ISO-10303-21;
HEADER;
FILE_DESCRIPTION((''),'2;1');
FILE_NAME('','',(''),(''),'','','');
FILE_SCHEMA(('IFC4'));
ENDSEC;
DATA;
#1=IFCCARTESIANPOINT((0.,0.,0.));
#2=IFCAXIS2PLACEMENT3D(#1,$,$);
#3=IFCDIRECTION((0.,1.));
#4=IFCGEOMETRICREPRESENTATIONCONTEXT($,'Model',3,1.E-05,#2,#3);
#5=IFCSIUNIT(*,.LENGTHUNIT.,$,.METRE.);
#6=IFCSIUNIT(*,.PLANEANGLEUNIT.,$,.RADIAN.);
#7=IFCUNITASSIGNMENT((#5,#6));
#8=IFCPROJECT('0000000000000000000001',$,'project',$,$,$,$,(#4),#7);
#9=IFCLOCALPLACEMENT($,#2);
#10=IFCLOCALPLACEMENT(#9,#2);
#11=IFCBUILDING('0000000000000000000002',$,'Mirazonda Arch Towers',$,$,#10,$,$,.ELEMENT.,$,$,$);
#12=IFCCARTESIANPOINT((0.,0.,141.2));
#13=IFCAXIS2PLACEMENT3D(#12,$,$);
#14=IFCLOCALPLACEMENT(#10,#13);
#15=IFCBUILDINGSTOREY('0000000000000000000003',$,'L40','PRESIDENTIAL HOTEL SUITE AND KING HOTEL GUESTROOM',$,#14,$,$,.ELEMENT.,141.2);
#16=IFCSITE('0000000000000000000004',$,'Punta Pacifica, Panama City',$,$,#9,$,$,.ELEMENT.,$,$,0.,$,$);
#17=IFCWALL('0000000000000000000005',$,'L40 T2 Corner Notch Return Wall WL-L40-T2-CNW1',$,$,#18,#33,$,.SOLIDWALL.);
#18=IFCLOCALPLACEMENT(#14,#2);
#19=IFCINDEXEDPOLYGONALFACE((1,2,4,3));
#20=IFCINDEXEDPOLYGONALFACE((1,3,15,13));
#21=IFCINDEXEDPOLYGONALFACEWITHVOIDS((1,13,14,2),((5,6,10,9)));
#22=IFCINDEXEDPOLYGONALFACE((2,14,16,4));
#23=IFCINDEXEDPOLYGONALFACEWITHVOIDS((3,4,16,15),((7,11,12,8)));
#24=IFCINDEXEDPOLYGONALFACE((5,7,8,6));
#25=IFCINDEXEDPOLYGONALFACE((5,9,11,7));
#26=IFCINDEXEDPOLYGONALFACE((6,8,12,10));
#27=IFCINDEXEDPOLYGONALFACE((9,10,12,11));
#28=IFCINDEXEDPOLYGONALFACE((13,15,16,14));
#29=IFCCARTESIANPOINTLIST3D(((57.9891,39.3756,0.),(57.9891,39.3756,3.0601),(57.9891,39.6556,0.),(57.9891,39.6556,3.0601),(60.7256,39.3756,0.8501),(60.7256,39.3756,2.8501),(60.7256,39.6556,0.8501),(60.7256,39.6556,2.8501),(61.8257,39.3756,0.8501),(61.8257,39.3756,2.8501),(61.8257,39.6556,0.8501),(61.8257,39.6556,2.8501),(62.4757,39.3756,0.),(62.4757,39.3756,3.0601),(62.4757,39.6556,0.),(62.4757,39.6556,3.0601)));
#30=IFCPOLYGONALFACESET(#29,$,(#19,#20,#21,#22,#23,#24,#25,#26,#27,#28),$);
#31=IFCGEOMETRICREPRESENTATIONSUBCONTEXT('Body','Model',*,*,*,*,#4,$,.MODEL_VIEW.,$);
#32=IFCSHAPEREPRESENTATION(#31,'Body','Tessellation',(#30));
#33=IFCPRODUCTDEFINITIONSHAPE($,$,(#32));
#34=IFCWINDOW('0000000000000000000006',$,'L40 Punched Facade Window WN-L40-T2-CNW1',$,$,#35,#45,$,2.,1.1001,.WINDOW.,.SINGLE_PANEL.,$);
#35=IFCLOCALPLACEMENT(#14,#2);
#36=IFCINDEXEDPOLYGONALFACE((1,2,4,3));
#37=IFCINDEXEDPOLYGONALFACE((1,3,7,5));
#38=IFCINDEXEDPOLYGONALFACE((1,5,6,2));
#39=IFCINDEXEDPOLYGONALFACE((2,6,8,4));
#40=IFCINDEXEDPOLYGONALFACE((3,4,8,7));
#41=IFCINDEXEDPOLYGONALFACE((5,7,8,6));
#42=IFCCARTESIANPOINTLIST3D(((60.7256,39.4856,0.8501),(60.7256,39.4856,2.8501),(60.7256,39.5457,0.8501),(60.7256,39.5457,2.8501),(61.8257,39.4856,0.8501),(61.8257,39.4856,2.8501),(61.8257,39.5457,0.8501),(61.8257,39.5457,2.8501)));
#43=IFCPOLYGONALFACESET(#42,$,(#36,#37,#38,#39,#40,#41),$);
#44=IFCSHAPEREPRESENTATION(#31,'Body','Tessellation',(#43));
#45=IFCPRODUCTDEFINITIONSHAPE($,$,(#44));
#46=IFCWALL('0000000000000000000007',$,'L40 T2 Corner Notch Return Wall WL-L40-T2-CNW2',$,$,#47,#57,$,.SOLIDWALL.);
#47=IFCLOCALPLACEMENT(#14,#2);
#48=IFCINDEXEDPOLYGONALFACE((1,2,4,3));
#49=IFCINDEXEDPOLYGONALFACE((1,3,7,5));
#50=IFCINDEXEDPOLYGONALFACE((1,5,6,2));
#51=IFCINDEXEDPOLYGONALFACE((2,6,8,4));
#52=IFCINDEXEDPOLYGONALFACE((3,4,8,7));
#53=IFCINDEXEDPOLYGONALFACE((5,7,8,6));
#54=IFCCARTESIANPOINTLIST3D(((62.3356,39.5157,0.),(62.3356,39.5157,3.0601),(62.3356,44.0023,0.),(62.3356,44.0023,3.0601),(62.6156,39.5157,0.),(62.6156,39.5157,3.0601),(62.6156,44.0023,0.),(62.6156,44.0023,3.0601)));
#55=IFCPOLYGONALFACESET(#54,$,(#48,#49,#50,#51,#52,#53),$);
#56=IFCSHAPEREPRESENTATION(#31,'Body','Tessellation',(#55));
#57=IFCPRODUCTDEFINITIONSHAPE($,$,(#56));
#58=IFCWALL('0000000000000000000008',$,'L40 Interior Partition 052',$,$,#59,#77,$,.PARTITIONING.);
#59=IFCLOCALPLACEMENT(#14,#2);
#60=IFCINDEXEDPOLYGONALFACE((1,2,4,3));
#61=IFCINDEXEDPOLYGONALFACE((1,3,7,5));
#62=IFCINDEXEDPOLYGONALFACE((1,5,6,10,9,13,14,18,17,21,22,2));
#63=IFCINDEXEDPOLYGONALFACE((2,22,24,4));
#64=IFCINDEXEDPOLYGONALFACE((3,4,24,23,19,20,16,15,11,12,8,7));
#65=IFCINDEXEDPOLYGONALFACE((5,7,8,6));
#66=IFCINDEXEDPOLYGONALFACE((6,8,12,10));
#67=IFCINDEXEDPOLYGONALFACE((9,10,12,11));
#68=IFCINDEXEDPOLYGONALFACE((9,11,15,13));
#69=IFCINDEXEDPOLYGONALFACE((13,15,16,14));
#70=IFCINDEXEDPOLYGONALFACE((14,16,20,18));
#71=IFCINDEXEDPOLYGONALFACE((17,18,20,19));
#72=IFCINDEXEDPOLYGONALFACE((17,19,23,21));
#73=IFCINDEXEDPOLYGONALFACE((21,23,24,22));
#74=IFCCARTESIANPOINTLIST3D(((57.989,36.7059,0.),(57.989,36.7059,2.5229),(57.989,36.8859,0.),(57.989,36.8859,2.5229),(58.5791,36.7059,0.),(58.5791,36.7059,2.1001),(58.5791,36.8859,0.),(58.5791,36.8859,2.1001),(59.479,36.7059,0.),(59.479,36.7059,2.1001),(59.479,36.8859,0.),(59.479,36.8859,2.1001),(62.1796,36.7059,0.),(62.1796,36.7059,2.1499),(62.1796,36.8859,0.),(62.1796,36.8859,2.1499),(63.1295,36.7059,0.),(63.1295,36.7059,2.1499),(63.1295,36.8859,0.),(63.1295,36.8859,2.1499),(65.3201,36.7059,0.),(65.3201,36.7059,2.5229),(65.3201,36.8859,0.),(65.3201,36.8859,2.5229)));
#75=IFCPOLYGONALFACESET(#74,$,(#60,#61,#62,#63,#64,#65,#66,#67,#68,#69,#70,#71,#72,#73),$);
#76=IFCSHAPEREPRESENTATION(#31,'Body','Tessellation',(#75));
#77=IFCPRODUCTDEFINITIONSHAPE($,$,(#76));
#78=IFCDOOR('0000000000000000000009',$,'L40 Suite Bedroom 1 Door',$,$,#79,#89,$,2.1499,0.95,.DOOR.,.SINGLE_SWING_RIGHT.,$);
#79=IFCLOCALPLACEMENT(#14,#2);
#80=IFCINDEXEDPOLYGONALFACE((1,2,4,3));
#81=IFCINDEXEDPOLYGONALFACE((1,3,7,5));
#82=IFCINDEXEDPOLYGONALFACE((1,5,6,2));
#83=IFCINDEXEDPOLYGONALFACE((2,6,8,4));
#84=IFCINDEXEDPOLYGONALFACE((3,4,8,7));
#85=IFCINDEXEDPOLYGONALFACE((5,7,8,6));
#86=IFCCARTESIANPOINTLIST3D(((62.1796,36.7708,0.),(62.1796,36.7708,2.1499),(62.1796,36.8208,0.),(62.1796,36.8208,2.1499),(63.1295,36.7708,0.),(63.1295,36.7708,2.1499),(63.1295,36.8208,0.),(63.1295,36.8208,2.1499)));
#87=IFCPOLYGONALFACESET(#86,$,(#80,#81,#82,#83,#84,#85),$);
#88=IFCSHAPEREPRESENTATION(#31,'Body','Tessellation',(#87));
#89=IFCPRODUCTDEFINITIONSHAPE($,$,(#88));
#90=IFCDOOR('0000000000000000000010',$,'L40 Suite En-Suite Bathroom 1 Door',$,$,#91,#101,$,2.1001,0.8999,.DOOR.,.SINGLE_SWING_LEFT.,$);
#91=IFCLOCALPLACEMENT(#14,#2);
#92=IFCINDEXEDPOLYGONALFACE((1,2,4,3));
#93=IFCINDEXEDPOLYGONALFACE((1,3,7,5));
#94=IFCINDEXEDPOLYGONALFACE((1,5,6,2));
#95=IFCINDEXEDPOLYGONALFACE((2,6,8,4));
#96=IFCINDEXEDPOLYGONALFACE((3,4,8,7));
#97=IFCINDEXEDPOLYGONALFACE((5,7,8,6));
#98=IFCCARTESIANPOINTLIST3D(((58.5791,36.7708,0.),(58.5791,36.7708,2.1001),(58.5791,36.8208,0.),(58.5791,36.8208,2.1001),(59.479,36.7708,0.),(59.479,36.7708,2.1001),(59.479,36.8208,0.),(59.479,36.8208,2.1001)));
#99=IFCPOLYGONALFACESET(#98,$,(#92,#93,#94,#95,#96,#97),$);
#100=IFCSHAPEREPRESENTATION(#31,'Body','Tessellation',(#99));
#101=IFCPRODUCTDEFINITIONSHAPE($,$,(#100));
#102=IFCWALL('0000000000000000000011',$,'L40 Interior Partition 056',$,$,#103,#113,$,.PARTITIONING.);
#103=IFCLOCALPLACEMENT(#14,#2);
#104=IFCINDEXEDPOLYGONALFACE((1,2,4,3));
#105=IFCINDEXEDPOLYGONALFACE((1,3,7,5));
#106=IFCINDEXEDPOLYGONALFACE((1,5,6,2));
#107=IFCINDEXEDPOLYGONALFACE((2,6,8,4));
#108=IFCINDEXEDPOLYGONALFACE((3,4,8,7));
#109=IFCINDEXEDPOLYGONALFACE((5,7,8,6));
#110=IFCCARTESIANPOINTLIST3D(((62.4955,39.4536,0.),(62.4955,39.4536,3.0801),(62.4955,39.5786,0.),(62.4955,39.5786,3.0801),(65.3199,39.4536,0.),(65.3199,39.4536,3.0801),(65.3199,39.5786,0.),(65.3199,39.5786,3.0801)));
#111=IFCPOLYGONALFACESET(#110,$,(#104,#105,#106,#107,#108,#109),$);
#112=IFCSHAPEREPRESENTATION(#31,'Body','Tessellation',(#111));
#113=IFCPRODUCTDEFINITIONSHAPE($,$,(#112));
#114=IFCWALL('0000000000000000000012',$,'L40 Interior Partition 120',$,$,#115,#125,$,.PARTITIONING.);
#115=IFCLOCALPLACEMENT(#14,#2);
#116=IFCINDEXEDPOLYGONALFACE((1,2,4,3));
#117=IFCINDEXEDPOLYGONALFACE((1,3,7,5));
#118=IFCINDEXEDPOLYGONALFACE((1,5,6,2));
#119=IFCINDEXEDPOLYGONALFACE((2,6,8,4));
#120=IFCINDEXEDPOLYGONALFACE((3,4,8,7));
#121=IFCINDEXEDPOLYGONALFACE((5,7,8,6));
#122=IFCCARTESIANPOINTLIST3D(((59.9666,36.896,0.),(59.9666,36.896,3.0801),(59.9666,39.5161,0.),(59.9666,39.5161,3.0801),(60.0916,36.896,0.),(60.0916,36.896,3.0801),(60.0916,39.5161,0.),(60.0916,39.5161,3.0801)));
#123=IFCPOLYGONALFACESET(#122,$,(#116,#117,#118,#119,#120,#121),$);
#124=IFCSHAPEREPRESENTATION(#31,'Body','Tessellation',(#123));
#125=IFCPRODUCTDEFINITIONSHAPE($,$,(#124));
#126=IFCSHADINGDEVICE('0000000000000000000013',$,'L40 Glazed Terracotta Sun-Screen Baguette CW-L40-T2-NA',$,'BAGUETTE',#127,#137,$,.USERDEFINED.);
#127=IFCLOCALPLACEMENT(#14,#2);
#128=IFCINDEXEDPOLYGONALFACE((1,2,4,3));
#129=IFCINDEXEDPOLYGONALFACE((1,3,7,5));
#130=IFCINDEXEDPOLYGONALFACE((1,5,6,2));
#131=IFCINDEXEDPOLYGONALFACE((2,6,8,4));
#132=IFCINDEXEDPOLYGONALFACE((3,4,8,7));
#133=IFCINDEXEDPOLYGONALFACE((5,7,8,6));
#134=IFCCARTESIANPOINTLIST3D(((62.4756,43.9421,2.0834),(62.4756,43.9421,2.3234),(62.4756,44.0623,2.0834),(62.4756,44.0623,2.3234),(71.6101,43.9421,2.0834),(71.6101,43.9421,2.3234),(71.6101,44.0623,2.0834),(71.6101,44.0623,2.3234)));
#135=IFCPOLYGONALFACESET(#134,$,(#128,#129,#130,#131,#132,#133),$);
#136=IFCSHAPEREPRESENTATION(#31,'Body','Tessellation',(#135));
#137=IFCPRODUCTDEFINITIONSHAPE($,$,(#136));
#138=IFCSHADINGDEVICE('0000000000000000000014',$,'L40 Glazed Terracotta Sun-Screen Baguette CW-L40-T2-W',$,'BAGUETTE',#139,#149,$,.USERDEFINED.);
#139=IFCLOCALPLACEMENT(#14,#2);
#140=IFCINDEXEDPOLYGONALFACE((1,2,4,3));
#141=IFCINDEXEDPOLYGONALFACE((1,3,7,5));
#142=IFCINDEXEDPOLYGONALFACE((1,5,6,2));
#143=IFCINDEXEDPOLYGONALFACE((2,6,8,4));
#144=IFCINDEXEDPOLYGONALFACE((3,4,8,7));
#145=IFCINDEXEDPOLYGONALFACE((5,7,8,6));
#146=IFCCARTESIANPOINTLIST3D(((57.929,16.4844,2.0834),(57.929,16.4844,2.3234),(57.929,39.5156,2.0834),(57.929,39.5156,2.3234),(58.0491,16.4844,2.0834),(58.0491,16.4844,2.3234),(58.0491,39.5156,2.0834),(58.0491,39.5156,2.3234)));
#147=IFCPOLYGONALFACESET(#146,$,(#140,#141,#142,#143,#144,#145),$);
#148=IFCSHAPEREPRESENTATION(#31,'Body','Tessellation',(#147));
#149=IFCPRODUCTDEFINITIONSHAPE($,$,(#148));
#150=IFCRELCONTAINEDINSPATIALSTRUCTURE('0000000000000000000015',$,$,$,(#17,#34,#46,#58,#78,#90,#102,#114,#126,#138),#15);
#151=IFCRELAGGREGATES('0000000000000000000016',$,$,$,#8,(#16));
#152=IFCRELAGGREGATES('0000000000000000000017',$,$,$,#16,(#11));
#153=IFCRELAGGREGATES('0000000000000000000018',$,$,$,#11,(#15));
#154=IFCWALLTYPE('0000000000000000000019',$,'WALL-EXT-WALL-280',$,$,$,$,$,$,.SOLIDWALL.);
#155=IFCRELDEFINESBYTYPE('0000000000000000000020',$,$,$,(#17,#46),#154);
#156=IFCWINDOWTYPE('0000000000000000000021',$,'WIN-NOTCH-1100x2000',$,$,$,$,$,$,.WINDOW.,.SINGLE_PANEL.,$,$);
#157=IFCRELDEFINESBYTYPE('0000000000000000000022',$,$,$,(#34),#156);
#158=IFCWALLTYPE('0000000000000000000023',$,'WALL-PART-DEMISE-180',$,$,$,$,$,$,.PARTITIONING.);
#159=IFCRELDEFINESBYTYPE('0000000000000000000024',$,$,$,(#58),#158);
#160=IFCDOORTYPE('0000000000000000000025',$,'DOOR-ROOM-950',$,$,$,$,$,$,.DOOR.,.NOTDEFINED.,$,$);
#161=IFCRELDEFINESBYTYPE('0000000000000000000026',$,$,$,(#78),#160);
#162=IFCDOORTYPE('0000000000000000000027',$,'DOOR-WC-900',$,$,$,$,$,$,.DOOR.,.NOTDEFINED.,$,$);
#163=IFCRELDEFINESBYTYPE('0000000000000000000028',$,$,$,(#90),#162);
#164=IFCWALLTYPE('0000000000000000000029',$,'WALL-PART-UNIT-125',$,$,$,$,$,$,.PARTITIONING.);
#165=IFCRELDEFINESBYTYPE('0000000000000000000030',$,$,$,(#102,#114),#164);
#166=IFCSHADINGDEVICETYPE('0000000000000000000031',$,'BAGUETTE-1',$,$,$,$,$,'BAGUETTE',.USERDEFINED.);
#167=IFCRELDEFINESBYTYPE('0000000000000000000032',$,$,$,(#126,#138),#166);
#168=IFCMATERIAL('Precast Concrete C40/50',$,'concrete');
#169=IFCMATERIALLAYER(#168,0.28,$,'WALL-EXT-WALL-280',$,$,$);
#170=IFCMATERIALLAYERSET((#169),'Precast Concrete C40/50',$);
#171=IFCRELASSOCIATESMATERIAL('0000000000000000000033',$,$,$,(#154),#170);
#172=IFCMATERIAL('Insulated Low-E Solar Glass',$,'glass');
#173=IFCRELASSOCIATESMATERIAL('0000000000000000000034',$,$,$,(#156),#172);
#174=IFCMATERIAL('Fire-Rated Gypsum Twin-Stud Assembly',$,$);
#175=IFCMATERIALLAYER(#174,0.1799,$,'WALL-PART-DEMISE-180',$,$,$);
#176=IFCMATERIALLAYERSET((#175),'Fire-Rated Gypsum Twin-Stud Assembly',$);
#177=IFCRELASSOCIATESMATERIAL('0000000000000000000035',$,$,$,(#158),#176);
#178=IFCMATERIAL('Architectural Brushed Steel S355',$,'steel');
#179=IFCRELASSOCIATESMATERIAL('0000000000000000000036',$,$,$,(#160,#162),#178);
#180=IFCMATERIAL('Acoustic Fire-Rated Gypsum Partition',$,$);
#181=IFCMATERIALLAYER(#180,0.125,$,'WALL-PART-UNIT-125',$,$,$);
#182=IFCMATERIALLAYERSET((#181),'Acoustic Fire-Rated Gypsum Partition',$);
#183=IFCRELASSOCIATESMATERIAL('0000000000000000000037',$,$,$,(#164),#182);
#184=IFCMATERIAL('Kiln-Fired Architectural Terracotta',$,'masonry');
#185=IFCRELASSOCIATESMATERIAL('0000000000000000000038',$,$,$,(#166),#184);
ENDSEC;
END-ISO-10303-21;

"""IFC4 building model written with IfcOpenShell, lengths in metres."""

from ifc_helpers import new_model, si_unit, direction, frame, frame_2d, origin, origin_2d, place, context, subcontext, project, spatial, rectangle, extrude, material, layer, layer_set, material_profile, profile_set, type_object, element, fill, save


model = new_model("IFC4")

# Units and contexts
model_context = context("Model", 3, precision=1e-05, world=origin(), true_north=direction((0.0, 1.0)))
body_context = subcontext(model_context, "Body", "Model", "MODEL_VIEW")
ifc_project = project(units=[si_unit("LENGTHUNIT", "METRE"), si_unit("PLANEANGLEUNIT", "RADIAN")], contexts=[model_context])

# Site, building, storey
site_placement = place(None, origin())
site = spatial("IfcSite", under=ifc_project, at=site_placement, Name="Punta Pacifica, Panama City", CompositionType="ELEMENT", RefElevation=0.0)
building_placement = place(site_placement, origin())
building = spatial("IfcBuilding", under=site, at=building_placement, Name="Mirazonda Arch Towers", CompositionType="ELEMENT")
storey_placement = place(building_placement, frame((0.0, 0.0, 141.2)))
storey = spatial("IfcBuildingStorey", under=building, at=storey_placement, Name="L40", Description="PRESIDENTIAL HOTEL SUITE AND KING HOTEL GUESTROOM", CompositionType="ELEMENT", Elevation=141.2)

# Shared definitions
ifc_material_1 = material(Name="Insulated Low-E Solar Glass", Category="glass")

# Wall, opening, window
ifc_material_2 = material(Name="Precast Concrete C40/50", Category="concrete")
ifc_layer_1 = layer(ifc_material_2, 0.28, Name="WALL-EXT-WALL-280")
ifc_layer_set_1 = layer_set([ifc_layer_1], Name="Precast Concrete C40/50")
wall_type_1 = type_object("IfcWallType", Name="WALL-EXT-WALL-280", PredefinedType="SOLIDWALL", material=ifc_layer_set_1)
window_type = type_object("IfcWindowType", Name="WIN-NOTCH-1100x2000", PartitioningType="SINGLE_PANEL", PredefinedType="WINDOW", material=ifc_material_1)
wall_1_placement = place(storey_placement, frame((62.4756, 39.5156, 0.0), z_axis=(0.0, 0.0, 1.0), x_axis=(-1.0, 0.0, 0.0)))
wall_1 = element("IfcWall", 1, at=wall_1_placement, inside=storey, type_object=wall_type_1, Name="L40 T2 Corner Notch Return Wall WL-L40-T2-CNW1", PredefinedType="SOLIDWALL", context=body_context, shape_type="SweptSolid", body=[
    extrude(rectangle(XDim=4.4866, YDim=0.28, at=frame_2d((2.2432, 0.0))), origin(), (0.0, 0.0, 1.0), 3.0601),
])
opening_1_placement = place(wall_1_placement, frame((0.6499, 0.0, 0.8501)))
opening_1 = element("IfcOpeningElement", 2, at=opening_1_placement, cuts=wall_1, PredefinedType="OPENING", context=body_context, shape_type="SweptSolid", body=[
    extrude(rectangle(XDim=1.1001, YDim=2.0, at=frame_2d((0.55, 1.0))), frame((0.0, 0.1499, 0.0), z_axis=(0.0, -1.0, 0.0), x_axis=(1.0, 0.0, 0.0)), (0.0, 0.0, 1.0), 0.3),
])
window_1_placement = place(opening_1_placement, origin())
window_1 = element("IfcWindow", 3, at=window_1_placement, inside=storey, type_object=window_type, Name="L40 Punched Facade Window WN-L40-T2-CNW1", OverallHeight=2.0, OverallWidth=1.1001, PartitioningType="SINGLE_PANEL", PredefinedType="WINDOW", context=body_context, shape_type="SweptSolid", body=[
    extrude(rectangle(XDim=1.1001, YDim=2.0, at=frame_2d((0.55, 1.0))), frame((0.0, 0.03, 0.0), z_axis=(0.0, -1.0, 0.0), x_axis=(1.0, 0.0, 0.0)), (0.0, 0.0, 1.0), 0.0601),
])
fill(opening_1, window_1)

# Wall
wall_2_placement = place(storey_placement, frame((62.4756, 44.0022, 0.0), z_axis=(0.0, 0.0, 1.0), x_axis=(0.0, -1.0, 0.0)))
element("IfcWall", 4, at=wall_2_placement, inside=storey, type_object=wall_type_1, Name="L40 T2 Corner Notch Return Wall WL-L40-T2-CNW2", PredefinedType="SOLIDWALL", context=body_context, shape_type="SweptSolid", body=[
    extrude(rectangle(XDim=4.4866, YDim=0.28, at=frame_2d((2.2432, 0.0))), origin(), (0.0, 0.0, 1.0), 3.0601),
])

# Wall, openings, doors
ifc_material_3 = material(Name="Fire-Rated Gypsum Twin-Stud Assembly")
ifc_layer_2 = layer(ifc_material_3, 0.1799, Name="WALL-PART-DEMISE-180")
ifc_layer_set_2 = layer_set([ifc_layer_2], Name="Fire-Rated Gypsum Twin-Stud Assembly")
wall_type_2 = type_object("IfcWallType", Name="WALL-PART-DEMISE-180", PredefinedType="PARTITIONING", material=ifc_layer_set_2)
wall_3_placement = place(storey_placement, frame((57.989, 36.7959, 0.0), z_axis=(0.0, 0.0, 1.0), x_axis=(1.0, 0.0, 0.0)))
wall_3 = element("IfcWall", 5, at=wall_3_placement, inside=storey, type_object=wall_type_2, Name="L40 Interior Partition 052", PredefinedType="PARTITIONING", context=body_context, shape_type="SweptSolid", body=[
    extrude(rectangle(XDim=7.3311, YDim=0.1799, at=frame_2d((3.6655, 0.0))), origin(), (0.0, 0.0, 1.0), 2.5229),
])
opening_2_placement = place(wall_3_placement, frame((4.1904, 0.0, 0.0)))
opening_2 = element("IfcOpeningElement", 6, at=opening_2_placement, cuts=wall_3, PredefinedType="OPENING", context=body_context, shape_type="SweptSolid", body=[
    extrude(rectangle(XDim=0.95, YDim=2.1499, at=frame_2d((0.4751, 1.075))), frame((0.0, 0.0999, 0.0), z_axis=(0.0, -1.0, 0.0), x_axis=(1.0, 0.0, 0.0)), (0.0, 0.0, 1.0), 0.2),
])
opening_3_placement = place(wall_3_placement, frame((0.5901, 0.0, 0.0)))
opening_3 = element("IfcOpeningElement", 7, at=opening_3_placement, cuts=wall_3, PredefinedType="OPENING", context=body_context, shape_type="SweptSolid", body=[
    extrude(rectangle(XDim=0.8999, YDim=2.1001, at=frame_2d((0.45, 1.05))), frame((0.0, 0.0999, 0.0), z_axis=(0.0, -1.0, 0.0), x_axis=(1.0, 0.0, 0.0)), (0.0, 0.0, 1.0), 0.2),
])
ifc_material_4 = material(Name="Architectural Brushed Steel S355", Category="steel")
door_type_1 = type_object("IfcDoorType", Name="DOOR-ROOM-950", OperationType="NOTDEFINED", PredefinedType="DOOR", material=ifc_material_4)
door_1_placement = place(opening_2_placement, origin())
door_1 = element("IfcDoor", 8, at=door_1_placement, inside=storey, type_object=door_type_1, Name="L40 Suite Bedroom 1 Door", OperationType="SINGLE_SWING_RIGHT", OverallHeight=2.1499, OverallWidth=0.95, PredefinedType="DOOR", context=body_context, shape_type="SweptSolid", body=[
    extrude(rectangle(XDim=0.95, YDim=2.1499, at=frame_2d((0.4751, 1.075))), frame((0.0, 0.0249, 0.0), z_axis=(0.0, -1.0, 0.0), x_axis=(1.0, 0.0, 0.0)), (0.0, 0.0, 1.0), 0.05),
])
fill(opening_2, door_1)
door_type_2 = type_object("IfcDoorType", Name="DOOR-WC-900", OperationType="NOTDEFINED", PredefinedType="DOOR", material=ifc_material_4)
door_2_placement = place(opening_3_placement, origin())
door_2 = element("IfcDoor", 9, at=door_2_placement, inside=storey, type_object=door_type_2, Name="L40 Suite En-Suite Bathroom 1 Door", OperationType="SINGLE_SWING_LEFT", OverallHeight=2.1001, OverallWidth=0.8999, PredefinedType="DOOR", context=body_context, shape_type="SweptSolid", body=[
    extrude(rectangle(XDim=0.8999, YDim=2.1001, at=frame_2d((0.45, 1.05))), frame((0.0, 0.0249, 0.0), z_axis=(0.0, -1.0, 0.0), x_axis=(1.0, 0.0, 0.0)), (0.0, 0.0, 1.0), 0.05),
])
fill(opening_3, door_2)

# Walls
ifc_material_5 = material(Name="Acoustic Fire-Rated Gypsum Partition")
ifc_layer_3 = layer(ifc_material_5, 0.125, Name="WALL-PART-UNIT-125")
ifc_layer_set_3 = layer_set([ifc_layer_3], Name="Acoustic Fire-Rated Gypsum Partition")
wall_type_3 = type_object("IfcWallType", Name="WALL-PART-UNIT-125", PredefinedType="PARTITIONING", material=ifc_layer_set_3)
wall_4_placement = place(storey_placement, frame((62.4956, 39.5161, 0.0), z_axis=(0.0, 0.0, 1.0), x_axis=(1.0, 0.0, 0.0)))
element("IfcWall", 10, at=wall_4_placement, inside=storey, type_object=wall_type_3, Name="L40 Interior Partition 056", PredefinedType="PARTITIONING", context=body_context, shape_type="SweptSolid", body=[
    extrude(rectangle(XDim=2.8245, YDim=0.125, at=frame_2d((1.4121, 0.0))), origin(), (0.0, 0.0, 1.0), 3.0801),
])
wall_5_placement = place(storey_placement, frame((60.0291, 36.896, 0.0), z_axis=(0.0, 0.0, 1.0), x_axis=(0.0, 1.0, 0.0)))
element("IfcWall", 11, at=wall_5_placement, inside=storey, type_object=wall_type_3, Name="L40 Interior Partition 120", PredefinedType="PARTITIONING", context=body_context, shape_type="SweptSolid", body=[
    extrude(rectangle(XDim=2.6201, YDim=0.125, at=frame_2d((1.3101, 0.0))), origin(), (0.0, 0.0, 1.0), 3.0801),
])

# Shading devices
ifc_material_6 = material(Name="Kiln-Fired Architectural Terracotta", Category="masonry")
ifc_material_profile_1 = material_profile(ifc_material_6, rectangle(XDim=0.1201, YDim=0.24, at=origin_2d()), Name="TERRA-BAG-120x240")
ifc_profile_set_1 = profile_set([ifc_material_profile_1], Name="Kiln-Fired Architectural Terracotta")
shading_device_type = type_object("IfcShadingDeviceType", Name="BAGUETTE-1", ElementType="BAGUETTE", PredefinedType="USERDEFINED", material=ifc_profile_set_1)
shading_device_1_placement = place(storey_placement, frame((62.4756, 44.0022, 2.2034), z_axis=(1.0, 0.0, 0.0), x_axis=(0.0, 1.0, 0.0)))
element("IfcShadingDevice", 12, at=shading_device_1_placement, inside=storey, type_object=shading_device_type, Name="L40 Glazed Terracotta Sun-Screen Baguette CW-L40-T2-NA", ObjectType="BAGUETTE", PredefinedType="USERDEFINED", context=body_context, shape_type="SweptSolid", body=[
    extrude(rectangle(XDim=0.1201, YDim=0.24, at=origin_2d()), origin(), (0.0, 0.0, 1.0), 9.1345),
])
shading_device_2_placement = place(storey_placement, frame((57.989, 39.5156, 2.2034), z_axis=(0.0, -1.0, 0.0), x_axis=(1.0, 0.0, 0.0)))
element("IfcShadingDevice", 13, at=shading_device_2_placement, inside=storey, type_object=shading_device_type, Name="L40 Glazed Terracotta Sun-Screen Baguette CW-L40-T2-W", ObjectType="BAGUETTE", PredefinedType="USERDEFINED", context=body_context, shape_type="SweptSolid", body=[
    extrude(rectangle(XDim=0.1201, YDim=0.24, at=origin_2d()), origin(), (0.0, 0.0, 1.0), 23.0312),
])

save(model, "model.ifc")
